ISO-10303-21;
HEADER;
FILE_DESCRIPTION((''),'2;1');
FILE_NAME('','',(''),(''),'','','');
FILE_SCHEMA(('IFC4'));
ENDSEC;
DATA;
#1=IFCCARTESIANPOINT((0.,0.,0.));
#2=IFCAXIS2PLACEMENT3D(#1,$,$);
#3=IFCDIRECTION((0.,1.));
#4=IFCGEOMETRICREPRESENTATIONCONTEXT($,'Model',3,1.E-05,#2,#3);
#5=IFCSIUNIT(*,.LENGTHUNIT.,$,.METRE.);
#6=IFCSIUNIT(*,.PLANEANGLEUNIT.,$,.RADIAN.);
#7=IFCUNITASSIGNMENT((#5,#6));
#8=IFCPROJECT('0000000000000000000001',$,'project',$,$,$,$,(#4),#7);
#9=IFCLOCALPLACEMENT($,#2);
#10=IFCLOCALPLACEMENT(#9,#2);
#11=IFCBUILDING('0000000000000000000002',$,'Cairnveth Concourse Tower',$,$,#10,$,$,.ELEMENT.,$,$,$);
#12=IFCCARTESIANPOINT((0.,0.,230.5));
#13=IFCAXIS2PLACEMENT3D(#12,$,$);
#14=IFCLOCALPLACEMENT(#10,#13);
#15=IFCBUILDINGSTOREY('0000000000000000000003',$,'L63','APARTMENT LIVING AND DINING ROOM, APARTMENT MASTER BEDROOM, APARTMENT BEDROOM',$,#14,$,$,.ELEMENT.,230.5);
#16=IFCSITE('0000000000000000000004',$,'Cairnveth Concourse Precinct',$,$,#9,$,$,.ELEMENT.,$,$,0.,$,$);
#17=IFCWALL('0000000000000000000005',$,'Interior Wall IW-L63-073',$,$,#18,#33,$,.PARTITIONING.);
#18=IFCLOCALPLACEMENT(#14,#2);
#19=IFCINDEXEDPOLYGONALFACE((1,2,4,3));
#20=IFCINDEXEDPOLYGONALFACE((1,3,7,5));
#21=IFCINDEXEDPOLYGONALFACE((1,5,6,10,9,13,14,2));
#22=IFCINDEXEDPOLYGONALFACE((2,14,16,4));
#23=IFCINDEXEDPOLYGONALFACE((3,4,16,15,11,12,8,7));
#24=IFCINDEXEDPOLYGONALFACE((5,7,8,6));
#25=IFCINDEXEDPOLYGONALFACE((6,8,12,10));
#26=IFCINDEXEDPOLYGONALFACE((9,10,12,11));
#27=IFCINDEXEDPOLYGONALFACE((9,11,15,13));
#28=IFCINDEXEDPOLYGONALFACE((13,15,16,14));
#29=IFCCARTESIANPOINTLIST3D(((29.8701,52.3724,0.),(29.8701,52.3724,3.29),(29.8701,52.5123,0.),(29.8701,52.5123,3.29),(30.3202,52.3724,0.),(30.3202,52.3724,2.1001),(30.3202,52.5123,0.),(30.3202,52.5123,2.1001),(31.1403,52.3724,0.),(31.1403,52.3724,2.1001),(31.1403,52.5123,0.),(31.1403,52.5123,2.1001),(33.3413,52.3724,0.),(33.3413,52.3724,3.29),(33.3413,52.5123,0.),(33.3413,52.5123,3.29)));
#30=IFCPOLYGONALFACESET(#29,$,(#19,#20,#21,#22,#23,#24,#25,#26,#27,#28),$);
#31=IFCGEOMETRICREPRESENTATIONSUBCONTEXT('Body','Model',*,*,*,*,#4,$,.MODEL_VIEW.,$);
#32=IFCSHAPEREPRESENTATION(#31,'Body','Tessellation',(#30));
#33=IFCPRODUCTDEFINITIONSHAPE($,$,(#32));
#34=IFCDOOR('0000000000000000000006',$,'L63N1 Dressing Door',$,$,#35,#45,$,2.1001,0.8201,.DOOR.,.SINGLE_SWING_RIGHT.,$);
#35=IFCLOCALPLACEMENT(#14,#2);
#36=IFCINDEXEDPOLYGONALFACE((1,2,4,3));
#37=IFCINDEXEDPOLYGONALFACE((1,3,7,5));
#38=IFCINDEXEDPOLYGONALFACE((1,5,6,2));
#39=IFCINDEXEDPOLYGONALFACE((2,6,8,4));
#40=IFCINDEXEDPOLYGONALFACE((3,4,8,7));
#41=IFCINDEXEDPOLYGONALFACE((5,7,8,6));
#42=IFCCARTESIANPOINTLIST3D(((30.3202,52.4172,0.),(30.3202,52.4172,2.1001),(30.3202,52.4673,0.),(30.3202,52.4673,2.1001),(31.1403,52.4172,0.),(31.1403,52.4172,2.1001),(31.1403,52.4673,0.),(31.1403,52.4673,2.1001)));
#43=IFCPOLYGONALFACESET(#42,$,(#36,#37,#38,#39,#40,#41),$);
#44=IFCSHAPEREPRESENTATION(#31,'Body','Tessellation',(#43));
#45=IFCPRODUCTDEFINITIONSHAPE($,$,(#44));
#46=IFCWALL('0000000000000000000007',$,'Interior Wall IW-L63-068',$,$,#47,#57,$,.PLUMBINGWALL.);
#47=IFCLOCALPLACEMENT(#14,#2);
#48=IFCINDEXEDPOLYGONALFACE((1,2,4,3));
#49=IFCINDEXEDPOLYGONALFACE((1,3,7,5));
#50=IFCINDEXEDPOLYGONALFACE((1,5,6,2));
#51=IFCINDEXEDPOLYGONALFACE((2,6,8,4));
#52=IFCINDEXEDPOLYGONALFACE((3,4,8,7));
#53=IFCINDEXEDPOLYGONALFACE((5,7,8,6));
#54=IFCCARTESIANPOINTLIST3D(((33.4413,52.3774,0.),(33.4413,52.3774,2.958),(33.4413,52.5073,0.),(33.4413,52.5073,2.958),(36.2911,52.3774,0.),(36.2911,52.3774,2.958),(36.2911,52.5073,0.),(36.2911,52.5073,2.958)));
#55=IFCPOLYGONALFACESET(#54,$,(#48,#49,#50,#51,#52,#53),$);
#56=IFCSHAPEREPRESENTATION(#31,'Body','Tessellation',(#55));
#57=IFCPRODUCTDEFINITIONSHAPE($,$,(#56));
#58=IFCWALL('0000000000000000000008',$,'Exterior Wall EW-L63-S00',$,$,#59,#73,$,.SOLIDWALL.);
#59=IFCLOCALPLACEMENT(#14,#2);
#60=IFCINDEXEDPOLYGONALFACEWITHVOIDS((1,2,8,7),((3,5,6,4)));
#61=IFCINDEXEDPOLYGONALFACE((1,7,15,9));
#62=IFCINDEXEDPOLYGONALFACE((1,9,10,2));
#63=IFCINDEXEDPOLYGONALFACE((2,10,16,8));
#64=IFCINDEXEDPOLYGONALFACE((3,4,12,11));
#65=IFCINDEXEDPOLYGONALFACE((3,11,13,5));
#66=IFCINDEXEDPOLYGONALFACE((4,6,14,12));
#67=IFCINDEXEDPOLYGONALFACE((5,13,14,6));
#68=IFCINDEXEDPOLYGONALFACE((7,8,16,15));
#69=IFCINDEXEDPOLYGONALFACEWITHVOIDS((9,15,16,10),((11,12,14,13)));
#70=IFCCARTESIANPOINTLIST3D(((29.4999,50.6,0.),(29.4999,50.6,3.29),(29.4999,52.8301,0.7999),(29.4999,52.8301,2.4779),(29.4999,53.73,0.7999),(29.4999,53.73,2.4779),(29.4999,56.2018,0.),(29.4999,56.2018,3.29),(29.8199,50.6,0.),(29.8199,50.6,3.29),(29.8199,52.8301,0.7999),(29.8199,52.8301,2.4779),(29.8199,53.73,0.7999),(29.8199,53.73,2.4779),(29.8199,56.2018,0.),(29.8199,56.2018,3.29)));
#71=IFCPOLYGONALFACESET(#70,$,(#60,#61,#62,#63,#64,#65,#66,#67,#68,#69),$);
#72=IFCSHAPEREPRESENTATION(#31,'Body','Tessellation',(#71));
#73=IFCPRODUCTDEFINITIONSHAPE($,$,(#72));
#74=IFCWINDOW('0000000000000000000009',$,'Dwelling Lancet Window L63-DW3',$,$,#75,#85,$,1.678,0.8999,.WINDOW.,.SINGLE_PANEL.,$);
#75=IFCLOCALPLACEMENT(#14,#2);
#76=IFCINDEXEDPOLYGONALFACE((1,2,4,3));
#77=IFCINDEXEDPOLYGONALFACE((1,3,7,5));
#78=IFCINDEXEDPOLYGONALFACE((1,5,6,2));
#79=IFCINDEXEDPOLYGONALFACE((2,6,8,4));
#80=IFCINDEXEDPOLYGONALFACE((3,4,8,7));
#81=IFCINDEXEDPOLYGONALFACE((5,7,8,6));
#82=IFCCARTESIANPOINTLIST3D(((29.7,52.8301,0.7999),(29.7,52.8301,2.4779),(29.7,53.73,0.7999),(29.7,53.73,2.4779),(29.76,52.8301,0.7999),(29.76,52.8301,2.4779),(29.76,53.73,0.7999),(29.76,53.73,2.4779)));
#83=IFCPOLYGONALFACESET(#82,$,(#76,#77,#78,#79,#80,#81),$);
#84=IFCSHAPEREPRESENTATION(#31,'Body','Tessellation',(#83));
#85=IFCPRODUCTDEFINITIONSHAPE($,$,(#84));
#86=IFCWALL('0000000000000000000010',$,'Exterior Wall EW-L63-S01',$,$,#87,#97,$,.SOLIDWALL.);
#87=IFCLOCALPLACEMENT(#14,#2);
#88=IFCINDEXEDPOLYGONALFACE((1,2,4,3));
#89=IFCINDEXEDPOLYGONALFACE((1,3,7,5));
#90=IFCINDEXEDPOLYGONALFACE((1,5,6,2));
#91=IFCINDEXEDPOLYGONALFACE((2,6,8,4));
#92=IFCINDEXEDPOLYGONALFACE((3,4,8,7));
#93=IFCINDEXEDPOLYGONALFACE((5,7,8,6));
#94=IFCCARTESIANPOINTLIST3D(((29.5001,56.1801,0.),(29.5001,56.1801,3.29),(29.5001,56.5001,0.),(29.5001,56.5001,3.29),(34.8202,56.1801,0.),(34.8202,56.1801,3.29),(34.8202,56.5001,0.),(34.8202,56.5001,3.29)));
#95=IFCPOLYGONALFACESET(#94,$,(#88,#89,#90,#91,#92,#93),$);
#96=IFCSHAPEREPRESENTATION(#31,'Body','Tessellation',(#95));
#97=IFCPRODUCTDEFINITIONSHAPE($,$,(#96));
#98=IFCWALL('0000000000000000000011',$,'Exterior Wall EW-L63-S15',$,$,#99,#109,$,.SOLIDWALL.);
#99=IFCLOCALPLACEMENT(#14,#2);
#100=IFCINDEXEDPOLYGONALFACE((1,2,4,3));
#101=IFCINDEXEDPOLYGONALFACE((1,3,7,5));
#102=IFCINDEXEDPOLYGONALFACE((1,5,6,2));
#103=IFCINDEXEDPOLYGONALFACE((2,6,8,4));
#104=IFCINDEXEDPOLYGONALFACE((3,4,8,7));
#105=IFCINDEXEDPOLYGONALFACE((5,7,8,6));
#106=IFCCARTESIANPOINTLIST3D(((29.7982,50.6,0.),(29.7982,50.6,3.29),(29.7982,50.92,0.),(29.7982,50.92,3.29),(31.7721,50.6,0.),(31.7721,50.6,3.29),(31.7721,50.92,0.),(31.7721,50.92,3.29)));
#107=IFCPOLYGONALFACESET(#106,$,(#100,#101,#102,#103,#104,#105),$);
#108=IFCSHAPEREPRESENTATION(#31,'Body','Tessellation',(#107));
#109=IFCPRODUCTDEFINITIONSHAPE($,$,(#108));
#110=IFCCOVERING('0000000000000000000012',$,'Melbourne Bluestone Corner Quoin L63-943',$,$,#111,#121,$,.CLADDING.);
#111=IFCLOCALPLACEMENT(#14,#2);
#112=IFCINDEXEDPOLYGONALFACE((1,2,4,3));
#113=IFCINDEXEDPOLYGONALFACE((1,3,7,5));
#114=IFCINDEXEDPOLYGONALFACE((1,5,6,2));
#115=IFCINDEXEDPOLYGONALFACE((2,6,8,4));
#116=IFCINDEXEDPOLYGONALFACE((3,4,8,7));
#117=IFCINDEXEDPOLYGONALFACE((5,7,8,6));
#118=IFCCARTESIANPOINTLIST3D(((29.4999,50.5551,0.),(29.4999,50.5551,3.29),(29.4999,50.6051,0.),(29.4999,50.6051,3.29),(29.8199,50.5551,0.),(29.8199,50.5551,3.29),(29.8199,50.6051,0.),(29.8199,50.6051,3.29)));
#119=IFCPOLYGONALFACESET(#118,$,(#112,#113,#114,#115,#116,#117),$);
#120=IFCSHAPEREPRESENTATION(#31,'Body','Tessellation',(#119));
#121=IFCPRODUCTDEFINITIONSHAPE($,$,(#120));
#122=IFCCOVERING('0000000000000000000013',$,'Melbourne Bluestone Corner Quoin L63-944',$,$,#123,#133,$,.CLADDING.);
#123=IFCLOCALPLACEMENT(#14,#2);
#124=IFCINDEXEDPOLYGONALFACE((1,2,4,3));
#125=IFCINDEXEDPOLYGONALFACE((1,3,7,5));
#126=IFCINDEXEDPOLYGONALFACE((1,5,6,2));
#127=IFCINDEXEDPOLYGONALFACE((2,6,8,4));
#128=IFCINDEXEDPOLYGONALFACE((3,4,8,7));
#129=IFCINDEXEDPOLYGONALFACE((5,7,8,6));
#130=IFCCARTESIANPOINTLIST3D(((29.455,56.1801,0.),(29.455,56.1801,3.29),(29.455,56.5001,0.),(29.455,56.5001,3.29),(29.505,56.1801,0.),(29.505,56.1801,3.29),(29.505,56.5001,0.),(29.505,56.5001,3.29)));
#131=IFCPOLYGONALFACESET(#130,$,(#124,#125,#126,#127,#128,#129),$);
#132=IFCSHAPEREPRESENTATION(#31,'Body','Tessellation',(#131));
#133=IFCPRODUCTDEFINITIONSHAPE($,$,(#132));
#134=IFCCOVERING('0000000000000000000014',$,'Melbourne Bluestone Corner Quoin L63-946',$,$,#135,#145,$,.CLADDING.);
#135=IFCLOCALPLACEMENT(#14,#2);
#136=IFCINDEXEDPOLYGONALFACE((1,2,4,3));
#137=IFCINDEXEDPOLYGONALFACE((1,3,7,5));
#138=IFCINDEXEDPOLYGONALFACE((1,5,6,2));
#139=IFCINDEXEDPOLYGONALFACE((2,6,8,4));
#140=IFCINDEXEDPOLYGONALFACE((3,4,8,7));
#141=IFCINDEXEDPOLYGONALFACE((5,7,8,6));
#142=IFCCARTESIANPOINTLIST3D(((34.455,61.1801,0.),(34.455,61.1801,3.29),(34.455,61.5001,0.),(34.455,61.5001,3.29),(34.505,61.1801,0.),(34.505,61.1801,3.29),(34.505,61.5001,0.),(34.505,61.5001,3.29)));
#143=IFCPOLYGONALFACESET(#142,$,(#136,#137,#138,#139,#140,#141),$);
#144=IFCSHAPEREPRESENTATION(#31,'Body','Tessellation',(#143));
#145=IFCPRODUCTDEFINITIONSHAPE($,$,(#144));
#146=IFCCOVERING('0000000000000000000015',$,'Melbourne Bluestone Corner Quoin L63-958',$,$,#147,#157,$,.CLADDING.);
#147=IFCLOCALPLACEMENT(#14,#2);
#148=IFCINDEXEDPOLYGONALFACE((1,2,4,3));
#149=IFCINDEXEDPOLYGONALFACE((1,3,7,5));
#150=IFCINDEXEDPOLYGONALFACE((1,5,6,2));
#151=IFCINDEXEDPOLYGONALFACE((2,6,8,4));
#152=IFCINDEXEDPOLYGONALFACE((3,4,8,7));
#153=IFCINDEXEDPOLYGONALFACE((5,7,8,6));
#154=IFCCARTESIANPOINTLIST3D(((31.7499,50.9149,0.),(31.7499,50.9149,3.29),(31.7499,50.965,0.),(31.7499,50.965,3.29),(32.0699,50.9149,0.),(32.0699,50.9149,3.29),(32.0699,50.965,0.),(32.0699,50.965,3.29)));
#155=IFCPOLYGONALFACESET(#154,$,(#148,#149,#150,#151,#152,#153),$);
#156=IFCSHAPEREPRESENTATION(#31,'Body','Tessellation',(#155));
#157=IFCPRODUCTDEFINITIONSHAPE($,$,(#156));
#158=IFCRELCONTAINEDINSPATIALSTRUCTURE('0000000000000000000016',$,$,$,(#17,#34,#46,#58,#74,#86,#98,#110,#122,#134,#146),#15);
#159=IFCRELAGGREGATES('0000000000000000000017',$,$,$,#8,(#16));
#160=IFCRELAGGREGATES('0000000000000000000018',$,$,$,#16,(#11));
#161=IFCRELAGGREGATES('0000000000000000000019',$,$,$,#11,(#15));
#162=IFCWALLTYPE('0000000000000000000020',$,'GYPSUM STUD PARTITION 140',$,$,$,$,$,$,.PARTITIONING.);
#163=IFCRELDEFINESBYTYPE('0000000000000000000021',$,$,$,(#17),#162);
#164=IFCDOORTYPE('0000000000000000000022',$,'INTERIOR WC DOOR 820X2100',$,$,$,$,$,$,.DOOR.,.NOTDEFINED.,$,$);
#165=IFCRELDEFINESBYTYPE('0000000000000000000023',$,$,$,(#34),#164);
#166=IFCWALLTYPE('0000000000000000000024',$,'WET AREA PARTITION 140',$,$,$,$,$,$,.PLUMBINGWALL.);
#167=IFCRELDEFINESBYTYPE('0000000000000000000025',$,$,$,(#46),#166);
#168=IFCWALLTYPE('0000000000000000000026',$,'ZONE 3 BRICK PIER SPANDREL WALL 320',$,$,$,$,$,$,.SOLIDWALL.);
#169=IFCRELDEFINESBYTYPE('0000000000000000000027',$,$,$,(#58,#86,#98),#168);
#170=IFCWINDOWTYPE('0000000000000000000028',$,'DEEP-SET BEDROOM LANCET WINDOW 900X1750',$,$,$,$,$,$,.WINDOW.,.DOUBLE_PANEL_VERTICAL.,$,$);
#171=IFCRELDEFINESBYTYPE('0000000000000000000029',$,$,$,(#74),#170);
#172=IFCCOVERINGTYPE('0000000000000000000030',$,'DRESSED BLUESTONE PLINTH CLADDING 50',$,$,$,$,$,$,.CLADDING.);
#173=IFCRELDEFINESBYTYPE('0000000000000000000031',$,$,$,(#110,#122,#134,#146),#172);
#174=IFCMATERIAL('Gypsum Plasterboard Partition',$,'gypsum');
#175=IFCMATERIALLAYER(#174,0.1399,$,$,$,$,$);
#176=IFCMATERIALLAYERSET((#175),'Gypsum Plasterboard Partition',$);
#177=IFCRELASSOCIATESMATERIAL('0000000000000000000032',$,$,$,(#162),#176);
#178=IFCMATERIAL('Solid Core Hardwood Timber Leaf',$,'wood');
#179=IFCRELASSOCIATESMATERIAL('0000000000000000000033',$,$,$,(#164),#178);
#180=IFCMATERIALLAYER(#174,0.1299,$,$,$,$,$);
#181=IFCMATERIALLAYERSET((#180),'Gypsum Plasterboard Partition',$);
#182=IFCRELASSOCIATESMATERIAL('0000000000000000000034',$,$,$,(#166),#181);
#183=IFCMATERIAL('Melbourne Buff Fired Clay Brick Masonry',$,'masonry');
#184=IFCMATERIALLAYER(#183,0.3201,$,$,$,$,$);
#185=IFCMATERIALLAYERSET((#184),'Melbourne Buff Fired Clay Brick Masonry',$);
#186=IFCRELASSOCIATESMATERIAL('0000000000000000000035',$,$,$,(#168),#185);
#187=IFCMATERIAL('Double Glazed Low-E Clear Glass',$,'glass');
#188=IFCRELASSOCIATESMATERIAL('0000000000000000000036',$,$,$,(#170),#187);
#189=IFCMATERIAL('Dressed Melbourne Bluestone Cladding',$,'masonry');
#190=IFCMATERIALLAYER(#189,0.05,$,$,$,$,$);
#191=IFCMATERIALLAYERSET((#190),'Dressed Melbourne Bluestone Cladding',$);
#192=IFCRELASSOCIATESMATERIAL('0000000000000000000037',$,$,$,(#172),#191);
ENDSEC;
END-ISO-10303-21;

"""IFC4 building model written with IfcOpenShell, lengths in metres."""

from ifc_helpers import new_model, si_unit, direction, frame, frame_2d, origin, place, context, subcontext, project, spatial, rectangle, extrude, material, layer, layer_set, type_object, element, fill, save


model = new_model("IFC4")

# Units and contexts
model_context = context("Model", 3, precision=1e-05, world=origin(), true_north=direction((0.0, 1.0)))
body_context = subcontext(model_context, "Body", "Model", "MODEL_VIEW")
ifc_project = project(units=[si_unit("LENGTHUNIT", "METRE"), si_unit("PLANEANGLEUNIT", "RADIAN")], contexts=[model_context])

# Site, building, storey
site_placement = place(None, origin())
site = spatial("IfcSite", under=ifc_project, at=site_placement, Name="Cairnveth Concourse Precinct", CompositionType="ELEMENT", RefElevation=0.0)
building_placement = place(site_placement, origin())
building = spatial("IfcBuilding", under=site, at=building_placement, Name="Cairnveth Concourse Tower", CompositionType="ELEMENT")
storey_placement = place(building_placement, frame((0.0, 0.0, 230.5)))
storey = spatial("IfcBuildingStorey", under=building, at=storey_placement, Name="L63", Description="APARTMENT LIVING AND DINING ROOM, APARTMENT MASTER BEDROOM, APARTMENT BEDROOM", CompositionType="ELEMENT", Elevation=230.5)

# Wall, opening, door
ifc_material_1 = material(Name="Gypsum Plasterboard Partition", Category="gypsum")
ifc_layer_1 = layer(ifc_material_1, 0.1399)
ifc_layer_set_1 = layer_set([ifc_layer_1], Name="Gypsum Plasterboard Partition")
wall_type_1 = type_object("IfcWallType", Name="GYPSUM STUD PARTITION 140", PredefinedType="PARTITIONING", material=ifc_layer_set_1)
wall_1_placement = place(storey_placement, frame((29.8701, 52.4424, 0.0), z_axis=(0.0, 0.0, 1.0), x_axis=(1.0, 0.0, 0.0)))
wall_1 = element("IfcWall", 1, at=wall_1_placement, inside=storey, type_object=wall_type_1, Name="Interior Wall IW-L63-073", PredefinedType="PARTITIONING", context=body_context, shape_type="SweptSolid", body=[
    extrude(rectangle(XDim=3.4712, YDim=0.1399, at=frame_2d((1.7356, 0.0))), origin(), (0.0, 0.0, 1.0), 3.29),
])
opening_1_placement = place(wall_1_placement, frame((0.45, 0.0, 0.0)))
opening_1 = element("IfcOpeningElement", 2, at=opening_1_placement, cuts=wall_1, PredefinedType="OPENING", context=body_context, shape_type="SweptSolid", body=[
    extrude(rectangle(XDim=0.8201, YDim=2.1001, at=frame_2d((0.4102, 1.05))), frame((0.0, 0.0798, 0.0), z_axis=(0.0, -1.0, 0.0), x_axis=(1.0, 0.0, 0.0)), (0.0, 0.0, 1.0), 0.1599),
])
ifc_material_2 = material(Name="Solid Core Hardwood Timber Leaf", Category="wood")
door_type = type_object("IfcDoorType", Name="INTERIOR WC DOOR 820X2100", OperationType="NOTDEFINED", PredefinedType="DOOR", material=ifc_material_2)
door_placement = place(opening_1_placement, origin())
door = element("IfcDoor", 3, at=door_placement, inside=storey, type_object=door_type, Name="L63N1 Dressing Door", OperationType="SINGLE_SWING_RIGHT", OverallHeight=2.1001, OverallWidth=0.8201, PredefinedType="DOOR", context=body_context, shape_type="SweptSolid", body=[
    extrude(rectangle(XDim=0.8201, YDim=2.1001, at=frame_2d((0.4102, 1.05))), frame((0.0, 0.0249, 0.0), z_axis=(0.0, -1.0, 0.0), x_axis=(1.0, 0.0, 0.0)), (0.0, 0.0, 1.0), 0.05),
])
fill(opening_1, door)

# Wall
ifc_layer_2 = layer(ifc_material_1, 0.1299)
ifc_layer_set_2 = layer_set([ifc_layer_2], Name="Gypsum Plasterboard Partition")
wall_type_2 = type_object("IfcWallType", Name="WET AREA PARTITION 140", PredefinedType="PLUMBINGWALL", material=ifc_layer_set_2)
wall_2_placement = place(storey_placement, frame((33.4414, 52.4424, 0.0), z_axis=(0.0, 0.0, 1.0), x_axis=(1.0, 0.0, 0.0)))
element("IfcWall", 4, at=wall_2_placement, inside=storey, type_object=wall_type_2, Name="Interior Wall IW-L63-068", PredefinedType="PLUMBINGWALL", context=body_context, shape_type="SweptSolid", body=[
    extrude(rectangle(XDim=2.8499, YDim=0.1299, at=frame_2d((1.4248, 0.0))), origin(), (0.0, 0.0, 1.0), 2.958),
])

# Wall, opening, window
ifc_material_3 = material(Name="Melbourne Buff Fired Clay Brick Masonry", Category="masonry")
ifc_layer_3 = layer(ifc_material_3, 0.3201)
ifc_layer_set_3 = layer_set([ifc_layer_3], Name="Melbourne Buff Fired Clay Brick Masonry")
wall_type_3 = type_object("IfcWallType", Name="ZONE 3 BRICK PIER SPANDREL WALL 320", PredefinedType="SOLIDWALL", material=ifc_layer_set_3)
wall_3_placement = place(storey_placement, frame((29.6599, 50.6001, 0.0), z_axis=(0.0, 0.0, 1.0), x_axis=(0.0, 1.0, 0.0)))
wall_3 = element("IfcWall", 5, at=wall_3_placement, inside=storey, type_object=wall_type_3, Name="Exterior Wall EW-L63-S00", PredefinedType="SOLIDWALL", context=body_context, shape_type="SweptSolid", body=[
    extrude(rectangle(XDim=5.6018, YDim=0.3201, at=frame_2d((2.8008, 0.0))), origin(), (0.0, 0.0, 1.0), 3.29),
])
opening_2_placement = place(wall_3_placement, frame((2.23, 0.0, 0.8)))
opening_2 = element("IfcOpeningElement", 6, at=opening_2_placement, cuts=wall_3, PredefinedType="OPENING", context=body_context, shape_type="SweptSolid", body=[
    extrude(rectangle(XDim=0.8999, YDim=1.678, at=frame_2d((0.45, 0.8389))), frame((0.0, 0.1699, 0.0), z_axis=(0.0, -1.0, 0.0), x_axis=(1.0, 0.0, 0.0)), (0.0, 0.0, 1.0), 0.3401),
])
ifc_material_4 = material(Name="Double Glazed Low-E Clear Glass", Category="glass")
window_type = type_object("IfcWindowType", Name="DEEP-SET BEDROOM LANCET WINDOW 900X1750", PartitioningType="DOUBLE_PANEL_VERTICAL", PredefinedType="WINDOW", material=ifc_material_4)
window_placement = place(opening_2_placement, origin())
window = element("IfcWindow", 7, at=window_placement, inside=storey, type_object=window_type, Name="Dwelling Lancet Window L63-DW3", OverallHeight=1.678, OverallWidth=0.8999, PartitioningType="SINGLE_PANEL", PredefinedType="WINDOW", context=body_context, shape_type="SweptSolid", body=[
    extrude(rectangle(XDim=0.8999, YDim=1.678, at=frame_2d((0.45, 0.8389))), frame((0.0, -0.04, 0.0), z_axis=(0.0, -1.0, 0.0), x_axis=(1.0, 0.0, 0.0)), (0.0, 0.0, 1.0), 0.0601),
])
fill(opening_2, window)

# Walls
wall_4_placement = place(storey_placement, frame((29.5, 56.3401, 0.0), z_axis=(0.0, 0.0, 1.0), x_axis=(1.0, 0.0, 0.0)))
element("IfcWall", 8, at=wall_4_placement, inside=storey, type_object=wall_type_3, Name="Exterior Wall EW-L63-S01", PredefinedType="SOLIDWALL", context=body_context, shape_type="SweptSolid", body=[
    extrude(rectangle(XDim=5.3201, YDim=0.3201, at=frame_2d((2.6602, 0.0))), origin(), (0.0, 0.0, 1.0), 3.29),
])
wall_5_placement = place(storey_placement, frame((31.772, 50.76, 0.0), z_axis=(0.0, 0.0, 1.0), x_axis=(-1.0, 0.0, 0.0)))
element("IfcWall", 9, at=wall_5_placement, inside=storey, type_object=wall_type_3, Name="Exterior Wall EW-L63-S15", PredefinedType="SOLIDWALL", context=body_context, shape_type="SweptSolid", body=[
    extrude(rectangle(XDim=1.9739, YDim=0.3201, at=frame_2d((0.9868, 0.0))), origin(), (0.0, 0.0, 1.0), 3.29),
])

# Coverings
ifc_material_5 = material(Name="Dressed Melbourne Bluestone Cladding", Category="masonry")
ifc_layer_4 = layer(ifc_material_5, 0.05)
ifc_layer_set_4 = layer_set([ifc_layer_4], Name="Dressed Melbourne Bluestone Cladding")
covering_type = type_object("IfcCoveringType", Name="DRESSED BLUESTONE PLINTH CLADDING 50", PredefinedType="CLADDING", material=ifc_layer_set_4)
for number, where, z_axis, x_axis, name in (
    (10, (29.8201, 50.5801, 0.0), (0.0, 0.0, 1.0), (-1.0, 0.0, 0.0), "Melbourne Bluestone Corner Quoin L63-943"),
    (11, (29.48, 56.1799, 0.0), (0.0, 0.0, 1.0), (0.0, 1.0, 0.0), "Melbourne Bluestone Corner Quoin L63-944"),
    (12, (34.48, 61.1799, 0.0), (0.0, 0.0, 1.0), (0.0, 1.0, 0.0), "Melbourne Bluestone Corner Quoin L63-946"),
    (13, (32.0701, 50.9399, 0.0), (0.0, 0.0, 1.0), (-1.0, 0.0, 0.0), "Melbourne Bluestone Corner Quoin L63-958"),
):
    element("IfcCovering", number, at=place(storey_placement, frame(where, z_axis=z_axis, x_axis=x_axis)), inside=storey, type_object=covering_type, Name=name, PredefinedType="CLADDING", context=body_context, shape_type="SweptSolid", body=[
        extrude(rectangle(XDim=0.3201, YDim=0.05, at=frame_2d((0.1602, 0.0))), origin(), (0.0, 0.0, 1.0), 3.29),
    ])

save(model, "model.ifc")
